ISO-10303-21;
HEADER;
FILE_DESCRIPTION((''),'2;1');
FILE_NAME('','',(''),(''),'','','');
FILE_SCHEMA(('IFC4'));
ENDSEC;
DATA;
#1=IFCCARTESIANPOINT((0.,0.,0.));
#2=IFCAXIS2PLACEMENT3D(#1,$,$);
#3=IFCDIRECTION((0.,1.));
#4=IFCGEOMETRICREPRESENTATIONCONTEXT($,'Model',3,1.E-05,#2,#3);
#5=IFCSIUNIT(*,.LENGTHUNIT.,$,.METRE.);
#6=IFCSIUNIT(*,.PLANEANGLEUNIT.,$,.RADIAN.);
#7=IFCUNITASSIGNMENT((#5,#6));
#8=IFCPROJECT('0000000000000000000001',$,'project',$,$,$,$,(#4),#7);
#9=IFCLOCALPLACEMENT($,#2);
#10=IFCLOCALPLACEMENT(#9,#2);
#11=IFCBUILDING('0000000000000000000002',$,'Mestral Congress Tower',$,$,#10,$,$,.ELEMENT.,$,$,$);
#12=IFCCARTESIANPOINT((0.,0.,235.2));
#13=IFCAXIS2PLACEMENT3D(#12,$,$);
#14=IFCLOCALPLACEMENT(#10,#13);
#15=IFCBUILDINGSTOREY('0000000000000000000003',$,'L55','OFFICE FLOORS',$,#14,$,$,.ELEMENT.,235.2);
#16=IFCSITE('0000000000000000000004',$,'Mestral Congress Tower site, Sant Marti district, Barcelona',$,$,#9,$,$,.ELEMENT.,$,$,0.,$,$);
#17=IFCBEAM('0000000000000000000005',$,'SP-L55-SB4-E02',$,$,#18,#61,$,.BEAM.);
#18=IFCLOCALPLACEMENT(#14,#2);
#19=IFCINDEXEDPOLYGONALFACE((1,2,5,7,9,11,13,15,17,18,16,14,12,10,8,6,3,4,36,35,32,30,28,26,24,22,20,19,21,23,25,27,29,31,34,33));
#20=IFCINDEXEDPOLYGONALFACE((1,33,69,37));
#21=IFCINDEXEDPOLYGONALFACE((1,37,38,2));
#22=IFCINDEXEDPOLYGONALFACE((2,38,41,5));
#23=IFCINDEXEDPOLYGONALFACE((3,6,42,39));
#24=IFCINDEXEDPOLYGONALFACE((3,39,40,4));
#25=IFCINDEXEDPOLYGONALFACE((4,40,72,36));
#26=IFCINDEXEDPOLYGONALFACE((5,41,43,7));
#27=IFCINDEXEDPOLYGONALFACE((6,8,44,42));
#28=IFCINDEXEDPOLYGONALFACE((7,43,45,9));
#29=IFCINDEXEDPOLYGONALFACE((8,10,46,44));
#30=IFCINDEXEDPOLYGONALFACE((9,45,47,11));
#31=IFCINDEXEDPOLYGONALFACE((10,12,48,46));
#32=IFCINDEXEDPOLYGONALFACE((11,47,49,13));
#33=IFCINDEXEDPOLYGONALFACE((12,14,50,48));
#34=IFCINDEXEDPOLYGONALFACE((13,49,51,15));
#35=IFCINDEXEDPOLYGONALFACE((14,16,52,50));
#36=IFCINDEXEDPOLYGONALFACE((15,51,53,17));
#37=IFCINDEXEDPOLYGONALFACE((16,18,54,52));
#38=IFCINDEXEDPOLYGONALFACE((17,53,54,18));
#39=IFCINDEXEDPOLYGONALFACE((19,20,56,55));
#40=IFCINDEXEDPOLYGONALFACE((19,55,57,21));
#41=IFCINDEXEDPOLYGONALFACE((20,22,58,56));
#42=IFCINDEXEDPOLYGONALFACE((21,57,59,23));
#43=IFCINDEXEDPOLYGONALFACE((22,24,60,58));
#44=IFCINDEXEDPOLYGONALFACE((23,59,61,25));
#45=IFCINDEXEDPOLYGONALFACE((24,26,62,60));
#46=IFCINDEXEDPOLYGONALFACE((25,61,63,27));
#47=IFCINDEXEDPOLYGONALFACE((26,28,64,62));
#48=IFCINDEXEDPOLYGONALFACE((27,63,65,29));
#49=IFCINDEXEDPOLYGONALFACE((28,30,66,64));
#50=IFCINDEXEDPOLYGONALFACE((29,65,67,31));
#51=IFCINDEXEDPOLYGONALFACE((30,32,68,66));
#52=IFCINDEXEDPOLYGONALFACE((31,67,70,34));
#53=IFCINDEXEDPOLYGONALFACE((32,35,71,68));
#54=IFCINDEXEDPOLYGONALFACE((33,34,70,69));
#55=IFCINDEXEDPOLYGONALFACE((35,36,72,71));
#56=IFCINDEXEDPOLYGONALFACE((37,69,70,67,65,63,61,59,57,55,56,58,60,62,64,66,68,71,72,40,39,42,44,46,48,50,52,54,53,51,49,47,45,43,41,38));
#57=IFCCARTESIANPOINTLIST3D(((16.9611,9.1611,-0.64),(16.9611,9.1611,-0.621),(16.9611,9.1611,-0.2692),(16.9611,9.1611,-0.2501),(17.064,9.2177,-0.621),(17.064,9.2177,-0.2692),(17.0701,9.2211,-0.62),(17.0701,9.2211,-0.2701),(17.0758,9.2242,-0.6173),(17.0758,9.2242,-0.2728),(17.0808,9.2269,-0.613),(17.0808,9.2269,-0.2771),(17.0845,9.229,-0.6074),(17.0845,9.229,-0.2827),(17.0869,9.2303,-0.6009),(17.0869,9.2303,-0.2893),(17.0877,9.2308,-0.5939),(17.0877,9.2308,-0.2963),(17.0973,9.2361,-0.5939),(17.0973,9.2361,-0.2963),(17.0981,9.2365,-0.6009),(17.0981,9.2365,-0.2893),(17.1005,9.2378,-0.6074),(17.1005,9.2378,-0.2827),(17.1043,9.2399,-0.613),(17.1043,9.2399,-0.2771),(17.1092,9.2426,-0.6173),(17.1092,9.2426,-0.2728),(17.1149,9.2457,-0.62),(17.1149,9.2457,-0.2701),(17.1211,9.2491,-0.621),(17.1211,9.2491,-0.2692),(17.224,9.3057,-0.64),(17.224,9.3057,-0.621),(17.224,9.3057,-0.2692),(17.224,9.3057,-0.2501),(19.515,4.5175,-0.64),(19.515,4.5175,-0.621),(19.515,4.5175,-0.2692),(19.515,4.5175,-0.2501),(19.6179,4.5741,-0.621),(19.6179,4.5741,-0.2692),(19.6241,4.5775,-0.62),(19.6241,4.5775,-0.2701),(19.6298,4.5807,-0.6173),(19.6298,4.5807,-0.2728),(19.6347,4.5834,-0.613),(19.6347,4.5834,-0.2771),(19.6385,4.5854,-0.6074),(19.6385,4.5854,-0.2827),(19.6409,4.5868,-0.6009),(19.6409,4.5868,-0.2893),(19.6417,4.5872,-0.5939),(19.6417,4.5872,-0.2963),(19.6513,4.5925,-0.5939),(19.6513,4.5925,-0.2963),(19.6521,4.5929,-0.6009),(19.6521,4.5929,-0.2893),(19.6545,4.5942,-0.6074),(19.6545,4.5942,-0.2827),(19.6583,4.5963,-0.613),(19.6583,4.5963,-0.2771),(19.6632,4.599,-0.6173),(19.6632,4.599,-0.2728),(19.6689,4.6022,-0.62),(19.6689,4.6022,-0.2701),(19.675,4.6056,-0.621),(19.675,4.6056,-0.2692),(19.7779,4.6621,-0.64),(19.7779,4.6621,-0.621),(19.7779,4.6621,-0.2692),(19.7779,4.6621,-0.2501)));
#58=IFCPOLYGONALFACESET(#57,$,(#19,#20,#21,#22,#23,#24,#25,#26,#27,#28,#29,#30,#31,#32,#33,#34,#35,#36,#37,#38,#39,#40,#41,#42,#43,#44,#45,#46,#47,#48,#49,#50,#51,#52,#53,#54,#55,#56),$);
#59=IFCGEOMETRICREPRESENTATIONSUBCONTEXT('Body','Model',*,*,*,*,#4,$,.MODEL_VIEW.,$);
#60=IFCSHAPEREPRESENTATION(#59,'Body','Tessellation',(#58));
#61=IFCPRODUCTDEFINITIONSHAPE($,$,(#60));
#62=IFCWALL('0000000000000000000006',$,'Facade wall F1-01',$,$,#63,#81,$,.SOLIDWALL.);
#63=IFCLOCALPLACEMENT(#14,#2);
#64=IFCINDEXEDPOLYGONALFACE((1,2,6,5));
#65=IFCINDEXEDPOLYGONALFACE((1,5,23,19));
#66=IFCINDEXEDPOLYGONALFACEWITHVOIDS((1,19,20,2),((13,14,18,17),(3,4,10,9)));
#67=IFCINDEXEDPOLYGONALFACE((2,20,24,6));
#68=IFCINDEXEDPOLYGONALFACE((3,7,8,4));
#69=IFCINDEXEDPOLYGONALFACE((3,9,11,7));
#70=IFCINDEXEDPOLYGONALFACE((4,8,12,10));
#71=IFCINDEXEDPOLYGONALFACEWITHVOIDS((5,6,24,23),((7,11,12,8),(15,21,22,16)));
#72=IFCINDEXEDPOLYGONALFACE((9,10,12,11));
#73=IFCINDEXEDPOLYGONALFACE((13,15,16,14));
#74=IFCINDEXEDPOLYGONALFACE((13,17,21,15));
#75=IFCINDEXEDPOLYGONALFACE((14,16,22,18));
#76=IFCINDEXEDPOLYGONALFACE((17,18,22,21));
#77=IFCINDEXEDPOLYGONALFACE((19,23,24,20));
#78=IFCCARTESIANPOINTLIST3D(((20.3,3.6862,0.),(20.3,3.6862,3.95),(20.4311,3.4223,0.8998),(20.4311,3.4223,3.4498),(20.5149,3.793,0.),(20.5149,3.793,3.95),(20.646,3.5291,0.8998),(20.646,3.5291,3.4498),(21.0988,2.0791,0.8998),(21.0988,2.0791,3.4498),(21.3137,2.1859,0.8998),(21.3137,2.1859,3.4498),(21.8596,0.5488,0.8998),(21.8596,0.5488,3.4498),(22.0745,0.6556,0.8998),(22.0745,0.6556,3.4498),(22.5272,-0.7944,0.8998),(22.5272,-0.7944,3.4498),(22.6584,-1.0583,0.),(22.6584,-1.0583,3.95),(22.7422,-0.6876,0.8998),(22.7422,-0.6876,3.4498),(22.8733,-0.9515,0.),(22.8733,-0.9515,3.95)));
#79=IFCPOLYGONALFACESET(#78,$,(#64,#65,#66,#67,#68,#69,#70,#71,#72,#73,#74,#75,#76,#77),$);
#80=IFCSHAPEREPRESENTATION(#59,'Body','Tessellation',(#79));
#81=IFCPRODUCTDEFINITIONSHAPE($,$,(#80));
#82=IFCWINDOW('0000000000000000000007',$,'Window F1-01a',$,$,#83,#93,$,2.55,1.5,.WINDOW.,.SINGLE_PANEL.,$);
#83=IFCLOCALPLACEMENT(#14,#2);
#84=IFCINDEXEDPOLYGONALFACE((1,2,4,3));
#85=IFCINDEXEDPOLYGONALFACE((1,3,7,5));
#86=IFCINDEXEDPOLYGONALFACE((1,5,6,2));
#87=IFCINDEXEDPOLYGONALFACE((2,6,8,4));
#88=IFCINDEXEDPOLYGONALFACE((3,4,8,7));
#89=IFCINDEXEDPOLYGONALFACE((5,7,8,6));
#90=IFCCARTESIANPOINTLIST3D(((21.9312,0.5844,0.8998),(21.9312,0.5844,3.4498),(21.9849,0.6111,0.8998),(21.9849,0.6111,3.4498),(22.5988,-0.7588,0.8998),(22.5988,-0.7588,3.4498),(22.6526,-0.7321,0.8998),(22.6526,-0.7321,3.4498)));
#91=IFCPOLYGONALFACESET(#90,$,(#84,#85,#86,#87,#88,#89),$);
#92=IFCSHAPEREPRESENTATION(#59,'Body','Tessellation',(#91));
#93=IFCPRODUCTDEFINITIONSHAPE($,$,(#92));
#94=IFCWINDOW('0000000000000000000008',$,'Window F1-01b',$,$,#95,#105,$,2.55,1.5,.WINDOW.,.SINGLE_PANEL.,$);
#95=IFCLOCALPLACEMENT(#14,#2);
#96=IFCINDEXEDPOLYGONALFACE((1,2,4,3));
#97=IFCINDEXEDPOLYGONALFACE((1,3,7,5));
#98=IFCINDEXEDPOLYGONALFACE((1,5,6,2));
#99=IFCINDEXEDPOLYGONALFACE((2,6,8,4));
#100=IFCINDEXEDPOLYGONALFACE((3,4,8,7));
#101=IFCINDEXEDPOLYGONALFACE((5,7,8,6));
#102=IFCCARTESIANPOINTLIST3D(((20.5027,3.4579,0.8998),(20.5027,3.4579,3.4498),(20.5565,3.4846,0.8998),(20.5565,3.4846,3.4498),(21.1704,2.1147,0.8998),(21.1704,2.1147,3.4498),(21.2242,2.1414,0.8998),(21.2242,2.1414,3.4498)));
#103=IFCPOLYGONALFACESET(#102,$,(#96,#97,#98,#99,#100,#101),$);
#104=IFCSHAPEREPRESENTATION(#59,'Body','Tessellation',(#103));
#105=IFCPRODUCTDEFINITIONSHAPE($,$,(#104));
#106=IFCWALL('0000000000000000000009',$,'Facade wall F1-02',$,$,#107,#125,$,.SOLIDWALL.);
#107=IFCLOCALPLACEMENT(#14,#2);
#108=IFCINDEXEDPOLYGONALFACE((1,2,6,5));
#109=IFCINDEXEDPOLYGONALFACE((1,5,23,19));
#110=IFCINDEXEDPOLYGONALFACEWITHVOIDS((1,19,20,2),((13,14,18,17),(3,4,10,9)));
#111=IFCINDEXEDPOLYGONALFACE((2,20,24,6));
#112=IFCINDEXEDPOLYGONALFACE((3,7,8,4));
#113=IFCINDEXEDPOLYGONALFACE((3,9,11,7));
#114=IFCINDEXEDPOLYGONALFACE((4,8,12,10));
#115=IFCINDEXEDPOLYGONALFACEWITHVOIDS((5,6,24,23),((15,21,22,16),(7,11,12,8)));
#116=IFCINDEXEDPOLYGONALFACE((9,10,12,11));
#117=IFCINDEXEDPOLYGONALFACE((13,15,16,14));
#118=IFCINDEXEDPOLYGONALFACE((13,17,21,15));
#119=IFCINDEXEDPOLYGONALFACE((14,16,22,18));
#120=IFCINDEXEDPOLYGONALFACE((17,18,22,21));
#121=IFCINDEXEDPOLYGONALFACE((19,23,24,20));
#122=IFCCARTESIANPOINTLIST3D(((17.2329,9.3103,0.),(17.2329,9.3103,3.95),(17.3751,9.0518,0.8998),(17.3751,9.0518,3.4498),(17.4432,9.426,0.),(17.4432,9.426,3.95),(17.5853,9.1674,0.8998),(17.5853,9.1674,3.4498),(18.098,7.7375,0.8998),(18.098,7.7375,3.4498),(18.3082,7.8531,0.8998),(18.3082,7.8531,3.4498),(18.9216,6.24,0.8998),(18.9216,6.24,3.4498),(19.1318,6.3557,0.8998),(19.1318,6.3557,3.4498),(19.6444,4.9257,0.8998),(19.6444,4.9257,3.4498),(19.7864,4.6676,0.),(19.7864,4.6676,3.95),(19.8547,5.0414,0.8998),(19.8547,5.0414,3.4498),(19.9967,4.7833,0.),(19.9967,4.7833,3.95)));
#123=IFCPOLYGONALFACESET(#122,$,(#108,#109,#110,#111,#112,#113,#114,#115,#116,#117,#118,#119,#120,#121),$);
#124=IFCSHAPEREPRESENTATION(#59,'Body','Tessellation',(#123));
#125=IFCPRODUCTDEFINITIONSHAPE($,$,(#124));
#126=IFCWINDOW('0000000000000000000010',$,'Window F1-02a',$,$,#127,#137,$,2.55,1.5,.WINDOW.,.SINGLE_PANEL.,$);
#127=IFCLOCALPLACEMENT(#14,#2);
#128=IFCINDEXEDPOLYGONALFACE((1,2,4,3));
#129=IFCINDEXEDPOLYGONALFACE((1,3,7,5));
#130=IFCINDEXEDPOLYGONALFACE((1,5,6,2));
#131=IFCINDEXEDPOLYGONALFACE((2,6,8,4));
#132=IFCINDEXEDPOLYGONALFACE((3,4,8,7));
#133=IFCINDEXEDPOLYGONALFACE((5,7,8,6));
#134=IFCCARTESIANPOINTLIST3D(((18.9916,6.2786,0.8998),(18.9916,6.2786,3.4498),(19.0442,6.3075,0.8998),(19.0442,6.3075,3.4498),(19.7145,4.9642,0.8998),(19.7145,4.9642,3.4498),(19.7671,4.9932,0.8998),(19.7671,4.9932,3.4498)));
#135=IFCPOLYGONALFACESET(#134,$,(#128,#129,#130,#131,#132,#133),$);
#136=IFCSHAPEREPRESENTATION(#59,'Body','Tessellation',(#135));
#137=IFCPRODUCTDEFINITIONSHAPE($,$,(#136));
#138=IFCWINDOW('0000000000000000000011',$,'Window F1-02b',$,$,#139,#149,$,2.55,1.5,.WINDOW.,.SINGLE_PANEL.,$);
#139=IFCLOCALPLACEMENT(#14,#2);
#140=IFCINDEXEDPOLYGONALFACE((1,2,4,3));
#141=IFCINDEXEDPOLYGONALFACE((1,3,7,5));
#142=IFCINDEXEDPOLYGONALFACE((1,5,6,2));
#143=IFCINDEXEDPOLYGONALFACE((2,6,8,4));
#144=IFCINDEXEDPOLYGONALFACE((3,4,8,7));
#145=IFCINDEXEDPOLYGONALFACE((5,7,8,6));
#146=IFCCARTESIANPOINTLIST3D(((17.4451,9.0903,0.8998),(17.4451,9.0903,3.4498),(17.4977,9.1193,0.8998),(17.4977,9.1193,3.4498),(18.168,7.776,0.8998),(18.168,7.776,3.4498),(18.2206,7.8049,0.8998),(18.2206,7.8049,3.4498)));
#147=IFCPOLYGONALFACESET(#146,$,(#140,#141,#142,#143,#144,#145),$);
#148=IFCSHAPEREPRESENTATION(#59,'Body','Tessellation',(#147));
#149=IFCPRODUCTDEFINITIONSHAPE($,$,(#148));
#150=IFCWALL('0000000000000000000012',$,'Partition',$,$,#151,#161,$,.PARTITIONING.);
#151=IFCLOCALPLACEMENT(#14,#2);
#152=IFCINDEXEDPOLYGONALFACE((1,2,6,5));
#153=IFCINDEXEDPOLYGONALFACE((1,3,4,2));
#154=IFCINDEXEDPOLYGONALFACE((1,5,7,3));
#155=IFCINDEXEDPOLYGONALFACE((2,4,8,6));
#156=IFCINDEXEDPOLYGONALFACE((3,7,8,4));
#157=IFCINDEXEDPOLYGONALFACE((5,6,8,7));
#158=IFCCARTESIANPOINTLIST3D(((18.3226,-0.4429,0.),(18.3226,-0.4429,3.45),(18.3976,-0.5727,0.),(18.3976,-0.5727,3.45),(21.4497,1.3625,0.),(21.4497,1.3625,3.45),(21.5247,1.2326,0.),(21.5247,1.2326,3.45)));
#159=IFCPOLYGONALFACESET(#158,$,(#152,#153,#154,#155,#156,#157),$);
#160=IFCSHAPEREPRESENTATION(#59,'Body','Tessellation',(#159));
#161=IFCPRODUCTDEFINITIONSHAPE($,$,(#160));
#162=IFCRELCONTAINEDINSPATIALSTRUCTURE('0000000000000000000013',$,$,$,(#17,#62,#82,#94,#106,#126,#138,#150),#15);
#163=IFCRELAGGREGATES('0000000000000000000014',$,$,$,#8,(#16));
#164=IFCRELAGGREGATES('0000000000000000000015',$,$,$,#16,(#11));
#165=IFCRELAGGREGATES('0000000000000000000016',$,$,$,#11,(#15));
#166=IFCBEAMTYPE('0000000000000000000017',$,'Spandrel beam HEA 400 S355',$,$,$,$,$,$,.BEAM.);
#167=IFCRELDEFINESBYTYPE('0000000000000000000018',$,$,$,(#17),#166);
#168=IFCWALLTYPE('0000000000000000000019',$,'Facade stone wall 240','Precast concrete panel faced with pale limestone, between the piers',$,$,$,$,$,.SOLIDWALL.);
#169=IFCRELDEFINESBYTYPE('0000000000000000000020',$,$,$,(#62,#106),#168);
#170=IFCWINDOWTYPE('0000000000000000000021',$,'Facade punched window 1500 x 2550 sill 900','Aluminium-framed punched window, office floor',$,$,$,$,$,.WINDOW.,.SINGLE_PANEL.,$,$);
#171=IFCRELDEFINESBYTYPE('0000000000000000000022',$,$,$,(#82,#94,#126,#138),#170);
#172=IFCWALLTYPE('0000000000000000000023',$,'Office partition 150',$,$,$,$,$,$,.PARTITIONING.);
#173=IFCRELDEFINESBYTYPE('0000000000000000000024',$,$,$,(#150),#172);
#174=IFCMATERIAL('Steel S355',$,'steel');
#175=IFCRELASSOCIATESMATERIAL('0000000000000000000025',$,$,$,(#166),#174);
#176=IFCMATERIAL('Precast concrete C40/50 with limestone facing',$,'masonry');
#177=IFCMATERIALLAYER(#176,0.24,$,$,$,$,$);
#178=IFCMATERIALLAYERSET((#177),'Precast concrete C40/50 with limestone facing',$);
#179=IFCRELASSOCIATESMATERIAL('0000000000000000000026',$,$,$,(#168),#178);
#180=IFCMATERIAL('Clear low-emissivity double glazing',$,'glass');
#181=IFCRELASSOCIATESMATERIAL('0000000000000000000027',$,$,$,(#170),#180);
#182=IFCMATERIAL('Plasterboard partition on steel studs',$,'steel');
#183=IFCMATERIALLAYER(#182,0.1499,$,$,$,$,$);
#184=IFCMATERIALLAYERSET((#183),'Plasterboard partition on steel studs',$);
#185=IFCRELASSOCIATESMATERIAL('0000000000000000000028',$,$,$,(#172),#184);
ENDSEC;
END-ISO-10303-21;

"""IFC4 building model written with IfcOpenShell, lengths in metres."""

from ifc_helpers import new_model, si_unit, direction, frame, frame_2d, origin, origin_2d, place, context, subcontext, project, spatial, rectangle, i_section, extrude, material, layer, layer_set, material_profile, profile_set, type_object, element, fill, save


model = new_model("IFC4")

# Units and contexts
model_context = context("Model", 3, precision=1e-05, world=origin(), true_north=direction((0.0, 1.0)))
body_context = subcontext(model_context, "Body", "Model", "MODEL_VIEW")
ifc_project = project(units=[si_unit("LENGTHUNIT", "METRE"), si_unit("PLANEANGLEUNIT", "RADIAN")], contexts=[model_context])

# Site, building, storey
site_placement = place(None, origin())
site = spatial("IfcSite", under=ifc_project, at=site_placement, Name="Mestral Congress Tower site, Sant Marti district, Barcelona", CompositionType="ELEMENT", RefElevation=0.0)
building_placement = place(site_placement, origin())
building = spatial("IfcBuilding", under=site, at=building_placement, Name="Mestral Congress Tower", CompositionType="ELEMENT")
storey_placement = place(building_placement, frame((0.0, 0.0, 235.2)))
storey = spatial("IfcBuildingStorey", under=building, at=storey_placement, Name="L55", Description="OFFICE FLOORS", CompositionType="ELEMENT", Elevation=235.2)

# Beam
ifc_material_1 = material(Name="Steel S355", Category="steel")
ifc_material_profile_1 = material_profile(ifc_material_1, i_section(OverallWidth=0.3, OverallDepth=0.3899, WebThickness=0.011, FlangeThickness=0.019, FilletRadius=0.0271, at=origin_2d()), Name="HEA 400")
ifc_profile_set_1 = profile_set([ifc_material_profile_1], Name="Steel S355")
beam_type_1 = type_object("IfcBeamType", Name="Spandrel beam HEA 400 S355", PredefinedType="BEAM", material=ifc_profile_set_1)
beam_1_placement = place(storey_placement, frame((19.6465, 4.5898, -0.4451), z_axis=(-0.481919, 0.876216, 0.0), x_axis=(-0.876216, -0.481919, 0.0)))
element("IfcBeam", 1, at=beam_1_placement, inside=storey, type_object=beam_type_1, Name="SP-L55-SB4-E02", PredefinedType="BEAM", context=body_context, shape_type="SweptSolid", body=[
    extrude(i_section(OverallWidth=0.3, OverallDepth=0.3899, WebThickness=0.011, FlangeThickness=0.019, FilletRadius=0.0271, at=origin_2d()), origin(), (0.0, 0.0, 1.0), 5.2996),
])

# Walls, openings, windows
ifc_material_2 = material(Name="Precast concrete C40/50 with limestone facing", Category="masonry")
ifc_layer_1 = layer(ifc_material_2, 0.24)
ifc_layer_set_1 = layer_set([ifc_layer_1], Name="Precast concrete C40/50 with limestone facing")
wall_type_1 = type_object("IfcWallType", Name="Facade stone wall 240", Description="Precast concrete panel faced with pale limestone, between the piers", PredefinedType="SOLIDWALL", material=ifc_layer_set_1)
wall_1_placement = place(storey_placement, frame((22.7659, -1.0049, 0.0), z_axis=(0.0, 0.0, 1.0), x_axis=(-0.44513, 0.895466, 0.0)))
wall_1 = element("IfcWall", 2, at=wall_1_placement, inside=storey, type_object=wall_type_1, Name="Facade wall F1-01", PredefinedType="SOLIDWALL", context=body_context, shape_type="SweptSolid", body=[
    extrude(rectangle(XDim=5.2983, YDim=0.24, at=frame_2d((2.6492, 0.0))), origin(), (0.0, 0.0, 1.0), 3.95),
])
opening_1_placement = place(wall_1_placement, frame((0.2947, 0.0, 0.8999)))
opening_1 = element("IfcOpeningElement", 3, at=opening_1_placement, cuts=wall_1, PredefinedType="OPENING", context=body_context, shape_type="SweptSolid", body=[
    extrude(rectangle(XDim=1.5, YDim=2.55, at=frame_2d((0.75, 1.2749))), frame((0.0, 0.1299, 0.0), z_axis=(0.0, -1.0, 0.0), x_axis=(1.0, 0.0, 0.0)), (0.0, 0.0, 1.0), 0.26),
])
opening_2_placement = place(wall_1_placement, frame((3.5037, 0.0, 0.8999)))
opening_2 = element("IfcOpeningElement", 4, at=opening_2_placement, cuts=wall_1, PredefinedType="OPENING", context=body_context, shape_type="SweptSolid", body=[
    extrude(rectangle(XDim=1.5, YDim=2.55, at=frame_2d((0.75, 1.2749))), frame((0.0, 0.1299, 0.0), z_axis=(0.0, -1.0, 0.0), x_axis=(1.0, 0.0, 0.0)), (0.0, 0.0, 1.0), 0.26),
])
ifc_material_3 = material(Name="Clear low-emissivity double glazing", Category="glass")
window_type = type_object("IfcWindowType", Name="Facade punched window 1500 x 2550 sill 900", Description="Aluminium-framed punched window, office floor", PartitioningType="SINGLE_PANEL", PredefinedType="WINDOW", material=ifc_material_3)
window_1_placement = place(opening_1_placement, origin())
window_1 = element("IfcWindow", 5, at=window_1_placement, inside=storey, type_object=window_type, Name="Window F1-01a", OverallHeight=2.55, OverallWidth=1.5, PartitioningType="SINGLE_PANEL", PredefinedType="WINDOW", context=body_context, shape_type="SweptSolid", body=[
    extrude(rectangle(XDim=1.5, YDim=2.55, at=frame_2d((0.75, 1.2749))), frame((0.0, 0.04, 0.0), z_axis=(0.0, -1.0, 0.0), x_axis=(1.0, 0.0, 0.0)), (0.0, 0.0, 1.0), 0.0601),
])
fill(opening_1, window_1)
window_2_placement = place(opening_2_placement, origin())
window_2 = element("IfcWindow", 6, at=window_2_placement, inside=storey, type_object=window_type, Name="Window F1-01b", OverallHeight=2.55, OverallWidth=1.5, PartitioningType="SINGLE_PANEL", PredefinedType="WINDOW", context=body_context, shape_type="SweptSolid", body=[
    extrude(rectangle(XDim=1.5, YDim=2.55, at=frame_2d((0.75, 1.2749))), frame((0.0, 0.04, 0.0), z_axis=(0.0, -1.0, 0.0), x_axis=(1.0, 0.0, 0.0)), (0.0, 0.0, 1.0), 0.0601),
])
fill(opening_2, window_2)
wall_2_placement = place(storey_placement, frame((19.8916, 4.7253, 0.0), z_axis=(0.0, 0.0, 1.0), x_axis=(-0.481926, 0.876212, 0.0)))
wall_2 = element("IfcWall", 7, at=wall_2_placement, inside=storey, type_object=wall_type_1, Name="Facade wall F1-02", PredefinedType="SOLIDWALL", context=body_context, shape_type="SweptSolid", body=[
    extrude(rectangle(XDim=5.2986, YDim=0.24, at=frame_2d((2.6494, 0.0))), origin(), (0.0, 0.0, 1.0), 3.95),
])
opening_3_placement = place(wall_2_placement, frame((0.2947, 0.0, 0.8999)))
opening_3 = element("IfcOpeningElement", 8, at=opening_3_placement, cuts=wall_2, PredefinedType="OPENING", context=body_context, shape_type="SweptSolid", body=[
    extrude(rectangle(XDim=1.5, YDim=2.55, at=frame_2d((0.75, 1.2749))), frame((0.0, 0.1299, 0.0), z_axis=(0.0, -1.0, 0.0), x_axis=(1.0, 0.0, 0.0)), (0.0, 0.0, 1.0), 0.26),
])
opening_4_placement = place(wall_2_placement, frame((3.5037, 0.0, 0.8999)))
opening_4 = element("IfcOpeningElement", 9, at=opening_4_placement, cuts=wall_2, PredefinedType="OPENING", context=body_context, shape_type="SweptSolid", body=[
    extrude(rectangle(XDim=1.5, YDim=2.55, at=frame_2d((0.75, 1.2749))), frame((0.0, 0.1299, 0.0), z_axis=(0.0, -1.0, 0.0), x_axis=(1.0, 0.0, 0.0)), (0.0, 0.0, 1.0), 0.26),
])
window_3_placement = place(opening_3_placement, origin())
window_3 = element("IfcWindow", 10, at=window_3_placement, inside=storey, type_object=window_type, Name="Window F1-02a", OverallHeight=2.55, OverallWidth=1.5, PartitioningType="SINGLE_PANEL", PredefinedType="WINDOW", context=body_context, shape_type="SweptSolid", body=[
    extrude(rectangle(XDim=1.5, YDim=2.55, at=frame_2d((0.75, 1.2749))), frame((0.0, 0.04, 0.0), z_axis=(0.0, -1.0, 0.0), x_axis=(1.0, 0.0, 0.0)), (0.0, 0.0, 1.0), 0.0601),
])
fill(opening_3, window_3)
window_4_placement = place(opening_4_placement, origin())
window_4 = element("IfcWindow", 11, at=window_4_placement, inside=storey, type_object=window_type, Name="Window F1-02b", OverallHeight=2.55, OverallWidth=1.5, PartitioningType="SINGLE_PANEL", PredefinedType="WINDOW", context=body_context, shape_type="SweptSolid", body=[
    extrude(rectangle(XDim=1.5, YDim=2.55, at=frame_2d((0.75, 1.2749))), frame((0.0, 0.04, 0.0), z_axis=(0.0, -1.0, 0.0), x_axis=(1.0, 0.0, 0.0)), (0.0, 0.0, 1.0), 0.0601),
])
fill(opening_4, window_4)

# Wall
ifc_material_4 = material(Name="Plasterboard partition on steel studs", Category="steel")
ifc_layer_2 = layer(ifc_material_4, 0.1499)
ifc_layer_set_2 = layer_set([ifc_layer_2], Name="Plasterboard partition on steel studs")
wall_type_2 = type_object("IfcWallType", Name="Office partition 150", PredefinedType="PARTITIONING", material=ifc_layer_set_2)
wall_3_placement = place(storey_placement, frame((18.3601, -0.5078, 0.0), z_axis=(0.0, 0.0, 1.0), x_axis=(0.866034, 0.499986, 0.0)))
element("IfcWall", 12, at=wall_3_placement, inside=storey, type_object=wall_type_2, Name="Partition", PredefinedType="PARTITIONING", context=body_context, shape_type="SweptSolid", body=[
    extrude(rectangle(XDim=3.6108, YDim=0.1499, at=frame_2d((1.8054, 0.0))), origin(), (0.0, 0.0, 1.0), 3.45),
])

save(model, "model.ifc")
